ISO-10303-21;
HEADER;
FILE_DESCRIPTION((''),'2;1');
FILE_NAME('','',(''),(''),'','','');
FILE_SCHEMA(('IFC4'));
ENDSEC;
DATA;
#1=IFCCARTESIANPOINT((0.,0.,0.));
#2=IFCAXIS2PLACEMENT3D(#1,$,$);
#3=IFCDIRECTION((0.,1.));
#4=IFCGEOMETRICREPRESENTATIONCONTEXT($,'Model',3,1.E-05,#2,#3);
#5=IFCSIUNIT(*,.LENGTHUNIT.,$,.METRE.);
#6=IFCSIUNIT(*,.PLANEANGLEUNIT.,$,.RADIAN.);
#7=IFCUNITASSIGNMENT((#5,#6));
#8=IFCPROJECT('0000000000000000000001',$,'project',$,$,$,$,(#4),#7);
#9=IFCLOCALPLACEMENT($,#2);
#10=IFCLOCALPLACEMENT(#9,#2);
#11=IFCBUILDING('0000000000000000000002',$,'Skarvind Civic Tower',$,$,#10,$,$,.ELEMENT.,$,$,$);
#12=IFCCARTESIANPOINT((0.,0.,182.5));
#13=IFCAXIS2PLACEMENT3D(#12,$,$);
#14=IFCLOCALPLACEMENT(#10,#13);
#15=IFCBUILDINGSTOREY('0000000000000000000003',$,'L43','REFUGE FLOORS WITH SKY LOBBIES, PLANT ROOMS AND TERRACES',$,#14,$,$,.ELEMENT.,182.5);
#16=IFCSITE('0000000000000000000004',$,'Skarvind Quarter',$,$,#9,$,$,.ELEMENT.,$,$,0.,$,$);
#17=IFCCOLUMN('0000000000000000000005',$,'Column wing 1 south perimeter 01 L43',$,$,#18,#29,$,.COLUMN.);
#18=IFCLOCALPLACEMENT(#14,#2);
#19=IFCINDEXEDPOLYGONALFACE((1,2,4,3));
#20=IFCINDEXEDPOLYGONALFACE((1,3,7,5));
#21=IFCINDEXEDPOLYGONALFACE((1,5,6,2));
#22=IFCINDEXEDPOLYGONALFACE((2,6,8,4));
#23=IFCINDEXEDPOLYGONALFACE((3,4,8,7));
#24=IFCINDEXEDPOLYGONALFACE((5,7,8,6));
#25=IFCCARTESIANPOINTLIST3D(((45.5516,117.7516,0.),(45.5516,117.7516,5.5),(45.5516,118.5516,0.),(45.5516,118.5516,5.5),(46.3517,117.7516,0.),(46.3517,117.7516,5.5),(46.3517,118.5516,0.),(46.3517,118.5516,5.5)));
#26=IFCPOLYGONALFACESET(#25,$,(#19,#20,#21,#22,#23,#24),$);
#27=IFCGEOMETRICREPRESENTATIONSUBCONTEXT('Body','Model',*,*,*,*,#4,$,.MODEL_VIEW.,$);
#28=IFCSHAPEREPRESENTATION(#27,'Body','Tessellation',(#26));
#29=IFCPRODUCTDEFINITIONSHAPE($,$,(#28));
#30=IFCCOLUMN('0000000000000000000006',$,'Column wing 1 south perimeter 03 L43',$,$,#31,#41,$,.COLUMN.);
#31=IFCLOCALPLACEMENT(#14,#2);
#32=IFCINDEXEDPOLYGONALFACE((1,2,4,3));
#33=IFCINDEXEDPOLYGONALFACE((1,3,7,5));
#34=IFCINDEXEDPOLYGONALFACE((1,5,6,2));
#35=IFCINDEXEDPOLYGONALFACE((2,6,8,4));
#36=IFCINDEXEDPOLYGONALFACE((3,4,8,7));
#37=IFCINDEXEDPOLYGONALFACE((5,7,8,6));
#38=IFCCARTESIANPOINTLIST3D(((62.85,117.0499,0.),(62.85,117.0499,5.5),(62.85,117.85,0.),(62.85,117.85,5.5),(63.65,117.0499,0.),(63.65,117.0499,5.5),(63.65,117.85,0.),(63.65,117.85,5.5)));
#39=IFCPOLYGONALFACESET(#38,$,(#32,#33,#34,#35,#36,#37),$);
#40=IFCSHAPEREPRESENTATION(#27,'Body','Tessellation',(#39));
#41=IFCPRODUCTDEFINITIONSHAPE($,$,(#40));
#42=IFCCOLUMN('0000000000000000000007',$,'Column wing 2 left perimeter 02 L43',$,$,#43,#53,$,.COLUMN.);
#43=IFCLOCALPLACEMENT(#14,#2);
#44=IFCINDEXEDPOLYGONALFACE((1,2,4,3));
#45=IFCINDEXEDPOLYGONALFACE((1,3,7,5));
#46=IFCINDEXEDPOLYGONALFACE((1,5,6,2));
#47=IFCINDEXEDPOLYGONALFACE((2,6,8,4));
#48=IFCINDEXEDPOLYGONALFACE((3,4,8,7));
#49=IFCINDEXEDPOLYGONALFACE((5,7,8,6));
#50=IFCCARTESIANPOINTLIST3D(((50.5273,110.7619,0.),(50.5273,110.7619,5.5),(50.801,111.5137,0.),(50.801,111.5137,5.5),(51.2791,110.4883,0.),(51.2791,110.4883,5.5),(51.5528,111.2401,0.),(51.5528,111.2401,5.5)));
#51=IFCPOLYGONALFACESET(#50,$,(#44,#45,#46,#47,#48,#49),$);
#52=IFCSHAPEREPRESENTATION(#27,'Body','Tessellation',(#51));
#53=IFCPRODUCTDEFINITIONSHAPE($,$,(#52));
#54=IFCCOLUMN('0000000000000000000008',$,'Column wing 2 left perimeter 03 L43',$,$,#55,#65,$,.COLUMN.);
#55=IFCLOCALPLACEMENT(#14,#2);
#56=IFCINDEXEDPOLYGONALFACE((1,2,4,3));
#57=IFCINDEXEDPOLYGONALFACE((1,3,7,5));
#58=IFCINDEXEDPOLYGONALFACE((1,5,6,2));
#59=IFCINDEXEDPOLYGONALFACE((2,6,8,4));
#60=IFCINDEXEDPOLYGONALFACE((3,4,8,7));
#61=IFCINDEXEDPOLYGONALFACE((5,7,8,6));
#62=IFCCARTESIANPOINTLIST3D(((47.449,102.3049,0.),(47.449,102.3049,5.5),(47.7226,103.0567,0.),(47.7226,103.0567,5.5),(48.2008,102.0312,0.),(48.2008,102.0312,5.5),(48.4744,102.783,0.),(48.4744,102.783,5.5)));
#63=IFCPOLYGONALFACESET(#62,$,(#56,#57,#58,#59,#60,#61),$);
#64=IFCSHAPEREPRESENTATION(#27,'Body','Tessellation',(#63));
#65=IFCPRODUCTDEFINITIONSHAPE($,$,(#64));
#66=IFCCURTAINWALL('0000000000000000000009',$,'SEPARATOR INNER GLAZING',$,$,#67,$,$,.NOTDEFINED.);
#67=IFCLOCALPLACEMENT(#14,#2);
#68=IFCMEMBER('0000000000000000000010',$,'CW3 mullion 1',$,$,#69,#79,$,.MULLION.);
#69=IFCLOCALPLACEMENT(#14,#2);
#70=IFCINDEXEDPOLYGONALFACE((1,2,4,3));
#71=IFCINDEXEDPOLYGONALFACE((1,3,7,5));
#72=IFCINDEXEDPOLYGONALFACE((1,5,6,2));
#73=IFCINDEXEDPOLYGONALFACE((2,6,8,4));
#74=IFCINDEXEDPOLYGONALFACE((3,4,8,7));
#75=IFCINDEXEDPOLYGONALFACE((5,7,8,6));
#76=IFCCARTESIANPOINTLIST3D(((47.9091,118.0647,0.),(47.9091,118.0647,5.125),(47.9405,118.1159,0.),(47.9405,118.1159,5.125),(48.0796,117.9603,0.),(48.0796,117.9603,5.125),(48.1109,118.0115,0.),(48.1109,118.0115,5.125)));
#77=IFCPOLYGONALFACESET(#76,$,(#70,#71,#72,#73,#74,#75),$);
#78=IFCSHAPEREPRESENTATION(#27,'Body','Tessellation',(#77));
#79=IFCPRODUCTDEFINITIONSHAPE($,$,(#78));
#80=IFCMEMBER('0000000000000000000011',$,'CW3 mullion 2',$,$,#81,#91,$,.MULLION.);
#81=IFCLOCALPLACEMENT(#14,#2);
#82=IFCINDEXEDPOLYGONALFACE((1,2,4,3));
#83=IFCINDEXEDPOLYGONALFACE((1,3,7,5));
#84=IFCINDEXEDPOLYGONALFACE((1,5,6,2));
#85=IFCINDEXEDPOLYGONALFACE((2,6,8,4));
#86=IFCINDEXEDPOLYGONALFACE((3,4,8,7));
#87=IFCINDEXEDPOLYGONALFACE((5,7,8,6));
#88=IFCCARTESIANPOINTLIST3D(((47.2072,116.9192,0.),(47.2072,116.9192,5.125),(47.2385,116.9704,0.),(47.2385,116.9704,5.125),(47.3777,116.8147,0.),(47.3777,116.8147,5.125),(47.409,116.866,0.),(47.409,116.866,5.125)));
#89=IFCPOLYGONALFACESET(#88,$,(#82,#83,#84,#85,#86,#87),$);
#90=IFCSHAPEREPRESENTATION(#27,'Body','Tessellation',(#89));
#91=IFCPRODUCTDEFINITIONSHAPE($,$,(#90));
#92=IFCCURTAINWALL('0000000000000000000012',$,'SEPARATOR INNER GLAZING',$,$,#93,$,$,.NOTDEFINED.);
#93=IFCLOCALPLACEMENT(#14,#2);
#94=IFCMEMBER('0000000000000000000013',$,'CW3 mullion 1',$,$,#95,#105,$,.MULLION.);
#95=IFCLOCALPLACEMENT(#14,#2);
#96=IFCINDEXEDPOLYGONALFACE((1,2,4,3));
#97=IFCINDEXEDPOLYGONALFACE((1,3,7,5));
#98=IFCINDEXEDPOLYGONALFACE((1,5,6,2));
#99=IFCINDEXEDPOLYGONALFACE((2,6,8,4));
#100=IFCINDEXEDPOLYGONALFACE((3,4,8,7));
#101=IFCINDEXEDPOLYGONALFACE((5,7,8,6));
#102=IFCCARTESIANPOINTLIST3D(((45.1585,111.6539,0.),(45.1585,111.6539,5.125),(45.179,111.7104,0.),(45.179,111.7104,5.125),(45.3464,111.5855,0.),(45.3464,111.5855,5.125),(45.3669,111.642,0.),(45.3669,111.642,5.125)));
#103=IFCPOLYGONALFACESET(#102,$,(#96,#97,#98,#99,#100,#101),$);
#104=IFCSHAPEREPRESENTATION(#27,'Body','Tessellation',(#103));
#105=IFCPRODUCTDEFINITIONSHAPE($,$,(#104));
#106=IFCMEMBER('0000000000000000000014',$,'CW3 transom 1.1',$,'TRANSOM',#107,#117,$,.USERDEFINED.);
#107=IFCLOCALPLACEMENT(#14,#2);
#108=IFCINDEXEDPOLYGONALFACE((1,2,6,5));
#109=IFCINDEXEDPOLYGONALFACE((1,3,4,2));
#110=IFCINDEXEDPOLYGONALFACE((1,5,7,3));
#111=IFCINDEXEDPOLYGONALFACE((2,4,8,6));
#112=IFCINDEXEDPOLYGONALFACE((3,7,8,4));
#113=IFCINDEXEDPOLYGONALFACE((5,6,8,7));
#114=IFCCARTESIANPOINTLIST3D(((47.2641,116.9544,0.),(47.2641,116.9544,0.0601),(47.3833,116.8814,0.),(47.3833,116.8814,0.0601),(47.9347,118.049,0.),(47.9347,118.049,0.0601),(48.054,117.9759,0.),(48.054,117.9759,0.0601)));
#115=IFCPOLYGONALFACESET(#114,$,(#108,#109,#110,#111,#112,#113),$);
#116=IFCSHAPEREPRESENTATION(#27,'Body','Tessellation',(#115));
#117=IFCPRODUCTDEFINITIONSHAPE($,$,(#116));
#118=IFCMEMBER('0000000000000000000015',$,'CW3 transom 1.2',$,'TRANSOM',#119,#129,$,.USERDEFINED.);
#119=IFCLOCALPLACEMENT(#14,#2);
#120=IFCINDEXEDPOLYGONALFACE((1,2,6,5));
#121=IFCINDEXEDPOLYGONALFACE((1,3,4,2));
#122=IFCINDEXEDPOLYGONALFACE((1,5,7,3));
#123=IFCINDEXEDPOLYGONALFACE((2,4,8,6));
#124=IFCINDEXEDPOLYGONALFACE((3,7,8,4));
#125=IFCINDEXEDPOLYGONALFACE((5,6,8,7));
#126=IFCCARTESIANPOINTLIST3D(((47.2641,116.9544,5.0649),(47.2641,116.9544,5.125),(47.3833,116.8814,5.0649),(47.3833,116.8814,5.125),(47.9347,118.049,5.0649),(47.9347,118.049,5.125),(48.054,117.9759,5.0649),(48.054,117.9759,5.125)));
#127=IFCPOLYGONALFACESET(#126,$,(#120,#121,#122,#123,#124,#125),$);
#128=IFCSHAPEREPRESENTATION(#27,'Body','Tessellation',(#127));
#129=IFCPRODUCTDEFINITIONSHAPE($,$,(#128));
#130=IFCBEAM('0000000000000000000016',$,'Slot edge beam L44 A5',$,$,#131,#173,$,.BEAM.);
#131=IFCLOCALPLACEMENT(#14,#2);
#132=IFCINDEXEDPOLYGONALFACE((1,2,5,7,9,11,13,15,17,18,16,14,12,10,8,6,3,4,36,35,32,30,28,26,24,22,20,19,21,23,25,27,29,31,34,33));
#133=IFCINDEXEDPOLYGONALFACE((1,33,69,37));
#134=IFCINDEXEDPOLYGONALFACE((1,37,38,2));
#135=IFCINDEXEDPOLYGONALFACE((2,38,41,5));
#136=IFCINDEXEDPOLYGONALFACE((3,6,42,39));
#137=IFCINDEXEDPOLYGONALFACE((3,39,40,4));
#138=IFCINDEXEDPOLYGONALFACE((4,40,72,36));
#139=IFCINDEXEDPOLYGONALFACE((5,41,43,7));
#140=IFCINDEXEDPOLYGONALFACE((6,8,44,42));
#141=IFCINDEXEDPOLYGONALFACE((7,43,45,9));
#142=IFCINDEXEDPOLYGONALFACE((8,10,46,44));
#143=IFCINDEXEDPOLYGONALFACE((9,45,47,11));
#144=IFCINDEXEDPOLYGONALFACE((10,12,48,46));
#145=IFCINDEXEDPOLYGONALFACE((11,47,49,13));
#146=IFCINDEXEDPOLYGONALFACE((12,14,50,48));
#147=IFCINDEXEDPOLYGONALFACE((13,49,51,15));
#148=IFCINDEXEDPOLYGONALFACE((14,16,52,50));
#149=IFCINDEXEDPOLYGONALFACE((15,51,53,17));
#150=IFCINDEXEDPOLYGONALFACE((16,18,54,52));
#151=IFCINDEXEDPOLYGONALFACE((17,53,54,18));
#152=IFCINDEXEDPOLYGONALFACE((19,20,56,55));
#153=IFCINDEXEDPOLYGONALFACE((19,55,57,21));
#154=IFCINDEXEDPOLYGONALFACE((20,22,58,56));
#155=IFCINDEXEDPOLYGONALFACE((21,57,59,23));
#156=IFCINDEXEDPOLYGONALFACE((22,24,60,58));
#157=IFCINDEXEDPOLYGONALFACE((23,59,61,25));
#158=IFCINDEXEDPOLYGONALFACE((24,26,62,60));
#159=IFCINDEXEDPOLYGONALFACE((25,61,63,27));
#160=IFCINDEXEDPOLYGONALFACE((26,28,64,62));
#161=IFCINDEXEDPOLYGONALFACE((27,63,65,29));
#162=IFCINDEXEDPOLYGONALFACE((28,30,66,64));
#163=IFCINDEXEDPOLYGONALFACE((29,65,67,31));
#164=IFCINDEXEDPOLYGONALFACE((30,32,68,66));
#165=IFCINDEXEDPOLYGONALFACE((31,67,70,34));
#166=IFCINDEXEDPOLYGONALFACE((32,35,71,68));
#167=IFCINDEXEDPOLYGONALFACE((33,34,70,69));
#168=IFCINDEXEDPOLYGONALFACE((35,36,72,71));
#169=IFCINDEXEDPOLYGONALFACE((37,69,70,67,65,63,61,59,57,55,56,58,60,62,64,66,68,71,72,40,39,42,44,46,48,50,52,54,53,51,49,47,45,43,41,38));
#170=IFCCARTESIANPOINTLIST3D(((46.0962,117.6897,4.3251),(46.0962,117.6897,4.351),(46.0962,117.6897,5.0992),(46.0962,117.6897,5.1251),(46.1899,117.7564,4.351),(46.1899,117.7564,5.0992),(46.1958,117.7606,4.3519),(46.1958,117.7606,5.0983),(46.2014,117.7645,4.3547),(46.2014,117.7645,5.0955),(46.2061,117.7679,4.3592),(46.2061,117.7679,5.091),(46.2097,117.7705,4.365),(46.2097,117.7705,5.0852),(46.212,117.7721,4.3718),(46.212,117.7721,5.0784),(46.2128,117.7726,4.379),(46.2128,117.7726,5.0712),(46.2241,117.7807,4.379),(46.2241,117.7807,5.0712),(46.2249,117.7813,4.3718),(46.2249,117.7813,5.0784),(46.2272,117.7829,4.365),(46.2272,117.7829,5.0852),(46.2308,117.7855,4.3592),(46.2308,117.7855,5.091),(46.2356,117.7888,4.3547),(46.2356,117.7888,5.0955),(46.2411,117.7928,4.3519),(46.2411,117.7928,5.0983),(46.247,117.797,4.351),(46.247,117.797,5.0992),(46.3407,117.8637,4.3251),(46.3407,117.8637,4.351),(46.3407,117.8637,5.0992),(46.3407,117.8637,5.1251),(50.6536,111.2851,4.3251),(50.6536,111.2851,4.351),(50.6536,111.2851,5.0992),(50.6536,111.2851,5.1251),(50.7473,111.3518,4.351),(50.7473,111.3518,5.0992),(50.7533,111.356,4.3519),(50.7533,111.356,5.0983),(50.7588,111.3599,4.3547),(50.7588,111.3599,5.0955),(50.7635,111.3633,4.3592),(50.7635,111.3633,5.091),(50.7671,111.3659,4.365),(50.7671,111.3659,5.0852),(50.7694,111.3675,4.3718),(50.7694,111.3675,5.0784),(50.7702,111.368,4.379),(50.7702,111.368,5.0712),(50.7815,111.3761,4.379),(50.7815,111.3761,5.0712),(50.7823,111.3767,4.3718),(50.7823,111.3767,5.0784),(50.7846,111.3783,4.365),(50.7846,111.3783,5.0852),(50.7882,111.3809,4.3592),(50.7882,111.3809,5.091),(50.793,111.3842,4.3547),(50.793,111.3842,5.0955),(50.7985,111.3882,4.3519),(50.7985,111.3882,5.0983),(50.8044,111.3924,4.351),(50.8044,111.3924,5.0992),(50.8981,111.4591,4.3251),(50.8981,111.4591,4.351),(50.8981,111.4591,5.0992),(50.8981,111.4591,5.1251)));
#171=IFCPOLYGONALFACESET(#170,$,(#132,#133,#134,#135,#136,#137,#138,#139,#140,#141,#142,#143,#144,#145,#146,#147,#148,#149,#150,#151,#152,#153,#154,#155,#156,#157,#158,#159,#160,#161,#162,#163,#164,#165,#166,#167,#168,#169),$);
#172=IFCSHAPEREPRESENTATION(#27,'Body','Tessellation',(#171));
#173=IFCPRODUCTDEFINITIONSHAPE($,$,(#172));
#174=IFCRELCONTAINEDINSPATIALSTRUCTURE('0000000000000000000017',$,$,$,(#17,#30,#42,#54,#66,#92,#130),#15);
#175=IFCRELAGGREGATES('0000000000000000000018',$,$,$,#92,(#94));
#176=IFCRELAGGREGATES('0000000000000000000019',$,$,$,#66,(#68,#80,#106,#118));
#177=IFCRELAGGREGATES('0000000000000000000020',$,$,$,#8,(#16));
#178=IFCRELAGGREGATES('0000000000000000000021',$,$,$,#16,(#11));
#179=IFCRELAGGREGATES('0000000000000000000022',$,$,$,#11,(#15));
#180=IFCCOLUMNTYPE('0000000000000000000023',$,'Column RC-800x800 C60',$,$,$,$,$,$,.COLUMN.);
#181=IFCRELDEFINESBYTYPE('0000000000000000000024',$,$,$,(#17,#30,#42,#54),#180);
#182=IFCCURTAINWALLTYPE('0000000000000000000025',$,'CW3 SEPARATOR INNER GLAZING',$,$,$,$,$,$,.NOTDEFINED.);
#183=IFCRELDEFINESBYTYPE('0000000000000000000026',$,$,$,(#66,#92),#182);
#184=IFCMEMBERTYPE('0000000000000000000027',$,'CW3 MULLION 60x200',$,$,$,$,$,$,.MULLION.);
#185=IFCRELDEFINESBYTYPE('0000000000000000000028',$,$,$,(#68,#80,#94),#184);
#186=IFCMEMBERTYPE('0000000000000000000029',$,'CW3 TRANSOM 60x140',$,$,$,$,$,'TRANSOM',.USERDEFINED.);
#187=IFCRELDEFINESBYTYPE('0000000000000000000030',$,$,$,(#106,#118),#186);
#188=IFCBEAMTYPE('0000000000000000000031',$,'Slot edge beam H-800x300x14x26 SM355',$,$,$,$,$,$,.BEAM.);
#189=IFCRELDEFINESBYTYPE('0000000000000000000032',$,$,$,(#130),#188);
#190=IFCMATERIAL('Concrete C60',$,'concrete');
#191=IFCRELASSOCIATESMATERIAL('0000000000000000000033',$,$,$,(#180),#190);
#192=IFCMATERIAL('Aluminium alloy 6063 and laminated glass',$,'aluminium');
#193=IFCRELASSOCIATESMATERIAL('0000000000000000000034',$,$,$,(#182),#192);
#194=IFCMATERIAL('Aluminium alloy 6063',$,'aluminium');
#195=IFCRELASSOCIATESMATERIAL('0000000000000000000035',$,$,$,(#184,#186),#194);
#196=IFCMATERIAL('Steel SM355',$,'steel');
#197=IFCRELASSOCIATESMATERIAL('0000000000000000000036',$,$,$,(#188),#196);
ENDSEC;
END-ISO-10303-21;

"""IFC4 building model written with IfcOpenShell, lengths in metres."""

from ifc_helpers import new_model, si_unit, direction, frame, origin, origin_2d, place, context, subcontext, project, spatial, rectangle, i_section, extrude, material, material_profile, profile_set, type_object, element, aggregate, save


model = new_model("IFC4")

# Units and contexts
model_context = context("Model", 3, precision=1e-05, world=origin(), true_north=direction((0.0, 1.0)))
body_context = subcontext(model_context, "Body", "Model", "MODEL_VIEW")
ifc_project = project(units=[si_unit("LENGTHUNIT", "METRE"), si_unit("PLANEANGLEUNIT", "RADIAN")], contexts=[model_context])

# Site, building, storey
site_placement = place(None, origin())
site = spatial("IfcSite", under=ifc_project, at=site_placement, Name="Skarvind Quarter", CompositionType="ELEMENT", RefElevation=0.0)
building_placement = place(site_placement, origin())
building = spatial("IfcBuilding", under=site, at=building_placement, Name="Skarvind Civic Tower", CompositionType="ELEMENT")
storey_placement = place(building_placement, frame((0.0, 0.0, 182.5)))
storey = spatial("IfcBuildingStorey", under=building, at=storey_placement, Name="L43", Description="REFUGE FLOORS WITH SKY LOBBIES, PLANT ROOMS AND TERRACES", CompositionType="ELEMENT", Elevation=182.5)

# Columns
ifc_material_1 = material(Name="Concrete C60", Category="concrete")
ifc_material_profile_1 = material_profile(ifc_material_1, rectangle(XDim=0.8, YDim=0.8, at=origin_2d()), Name="RC-800x800")
ifc_profile_set_1 = profile_set([ifc_material_profile_1], Name="Concrete C60")
column_type = type_object("IfcColumnType", Name="Column RC-800x800 C60", PredefinedType="COLUMN", material=ifc_profile_set_1)
for number, where, z_axis, x_axis, name in (
    (1, (45.9517, 118.1516, 0.0), (0.0, 0.0, 1.0), (1.0, 0.0, 0.0), "Column wing 1 south perimeter 01 L43"),
    (2, (63.25, 117.45, 0.0), (0.0, 0.0, 1.0), (1.0, 0.0, 0.0), "Column wing 1 south perimeter 03 L43"),
    (3, (51.04, 111.001, 0.0), (0.0, 0.0, 1.0), (-0.34202, -0.939693, 0.0), "Column wing 2 left perimeter 02 L43"),
    (4, (47.9617, 102.5439, 0.0), (0.0, 0.0, 1.0), (-0.34202, -0.939693, 0.0), "Column wing 2 left perimeter 03 L43"),
):
    element("IfcColumn", number, at=place(storey_placement, frame(where, z_axis=z_axis, x_axis=x_axis)), inside=storey, type_object=column_type, Name=name, PredefinedType="COLUMN", context=body_context, shape_type="SweptSolid", body=[
        extrude(rectangle(XDim=0.8, YDim=0.8, at=origin_2d()), origin(), (0.0, 0.0, 1.0), 5.5),
    ])

# Curtain wall, members
ifc_material_2 = material(Name="Aluminium alloy 6063 and laminated glass", Category="aluminium")
curtain_wall_type = type_object("IfcCurtainWallType", Name="CW3 SEPARATOR INNER GLAZING", PredefinedType="NOTDEFINED", material=ifc_material_2)
curtain_wall_1_placement = place(storey_placement, origin())
curtain_wall_1 = element("IfcCurtainWall", 5, at=curtain_wall_1_placement, inside=storey, type_object=curtain_wall_type, Name="SEPARATOR INNER GLAZING", PredefinedType="NOTDEFINED")
ifc_material_3 = material(Name="Aluminium alloy 6063", Category="aluminium")
ifc_material_profile_2 = material_profile(ifc_material_3, rectangle(XDim=0.2, YDim=0.0601, at=origin_2d()), Name="AL 60x200")
ifc_profile_set_2 = profile_set([ifc_material_profile_2], Name="Aluminium alloy 6063")
member_type_1 = type_object("IfcMemberType", Name="CW3 MULLION 60x200", PredefinedType="MULLION", material=ifc_profile_set_2)
member_1_placement = place(storey_placement, frame((48.01, 118.0381, 0.0), z_axis=(0.0, 0.0, 1.0), x_axis=(0.852684, -0.522427, 0.0)))
member_1 = element("IfcMember", 6, at=member_1_placement, type_object=member_type_1, Name="CW3 mullion 1", PredefinedType="MULLION", context=body_context, shape_type="SweptSolid", body=[
    extrude(rectangle(XDim=0.2, YDim=0.0601, at=origin_2d()), origin(), (0.0, 0.0, 1.0), 5.125),
])
member_2_placement = place(storey_placement, frame((47.3081, 116.8926, 0.0), z_axis=(0.0, 0.0, 1.0), x_axis=(0.852684, -0.522427, 0.0)))
member_2 = element("IfcMember", 7, at=member_2_placement, type_object=member_type_1, Name="CW3 mullion 2", PredefinedType="MULLION", context=body_context, shape_type="SweptSolid", body=[
    extrude(rectangle(XDim=0.2, YDim=0.0601, at=origin_2d()), origin(), (0.0, 0.0, 1.0), 5.125),
])

# Curtain wall, member
curtain_wall_2_placement = place(storey_placement, origin())
curtain_wall_2 = element("IfcCurtainWall", 8, at=curtain_wall_2_placement, inside=storey, type_object=curtain_wall_type, Name="SEPARATOR INNER GLAZING", PredefinedType="NOTDEFINED")
member_3_placement = place(storey_placement, frame((45.2627, 111.6479, 0.0), z_axis=(0.0, 0.0, 1.0), x_axis=(0.939693, -0.342018, 0.0)))
member_3 = element("IfcMember", 9, at=member_3_placement, type_object=member_type_1, Name="CW3 mullion 1", PredefinedType="MULLION", context=body_context, shape_type="SweptSolid", body=[
    extrude(rectangle(XDim=0.2, YDim=0.0601, at=origin_2d()), origin(), (0.0, 0.0, 1.0), 5.125),
])
aggregate(curtain_wall_2, [member_3])

# Members
ifc_material_profile_3 = material_profile(ifc_material_3, rectangle(XDim=0.1399, YDim=0.0601, at=origin_2d()), Name="AL 60x140")
ifc_profile_set_3 = profile_set([ifc_material_profile_3], Name="Aluminium alloy 6063")
member_type_2 = type_object("IfcMemberType", Name="CW3 TRANSOM 60x140", ElementType="TRANSOM", PredefinedType="USERDEFINED", material=ifc_profile_set_3)
member_4_placement = place(storey_placement, frame((47.9944, 118.0125, 0.03), z_axis=(-0.522473, -0.852656, 0.0), x_axis=(0.852656, -0.522473, 0.0)))
member_4 = element("IfcMember", 10, at=member_4_placement, type_object=member_type_2, Name="CW3 transom 1.1", ObjectType="TRANSOM", PredefinedType="USERDEFINED", context=body_context, shape_type="SweptSolid", body=[
    extrude(rectangle(XDim=0.1399, YDim=0.0601, at=origin_2d()), origin(), (0.0, 0.0, 1.0), 1.2837),
])
member_5_placement = place(storey_placement, frame((47.9944, 118.0125, 5.095), z_axis=(-0.522473, -0.852656, 0.0), x_axis=(0.852656, -0.522473, 0.0)))
member_5 = element("IfcMember", 11, at=member_5_placement, type_object=member_type_2, Name="CW3 transom 1.2", ObjectType="TRANSOM", PredefinedType="USERDEFINED", context=body_context, shape_type="SweptSolid", body=[
    extrude(rectangle(XDim=0.1399, YDim=0.0601, at=origin_2d()), origin(), (0.0, 0.0, 1.0), 1.2837),
])

# Beam
ifc_material_4 = material(Name="Steel SM355", Category="steel")
ifc_material_profile_4 = material_profile(ifc_material_4, i_section(OverallWidth=0.3, OverallDepth=0.8, WebThickness=0.0139, FlangeThickness=0.0259, FilletRadius=0.0281, at=origin_2d()), Name="H-800x300x14x26")
ifc_profile_set_4 = profile_set([ifc_material_profile_4], Name="Steel SM355")
beam_type = type_object("IfcBeamType", Name="Slot edge beam H-800x300x14x26 SM355", PredefinedType="BEAM", material=ifc_profile_set_4)
beam_1_placement = place(storey_placement, frame((50.7759, 111.3721, 4.7251), z_axis=(-0.57978, 0.814773, 0.0), x_axis=(-0.814773, -0.57978, 0.0)))
element("IfcBeam", 12, at=beam_1_placement, inside=storey, type_object=beam_type, Name="Slot edge beam L44 A5", PredefinedType="BEAM", context=body_context, shape_type="SweptSolid", body=[
    extrude(i_section(OverallWidth=0.3, OverallDepth=0.8, WebThickness=0.0139, FlangeThickness=0.0259, FilletRadius=0.0281, at=origin_2d()), origin(), (0.0, 0.0, 1.0), 7.8606),
])

aggregate(curtain_wall_1, [member_1, member_2, member_4, member_5])

save(model, "model.ifc")
